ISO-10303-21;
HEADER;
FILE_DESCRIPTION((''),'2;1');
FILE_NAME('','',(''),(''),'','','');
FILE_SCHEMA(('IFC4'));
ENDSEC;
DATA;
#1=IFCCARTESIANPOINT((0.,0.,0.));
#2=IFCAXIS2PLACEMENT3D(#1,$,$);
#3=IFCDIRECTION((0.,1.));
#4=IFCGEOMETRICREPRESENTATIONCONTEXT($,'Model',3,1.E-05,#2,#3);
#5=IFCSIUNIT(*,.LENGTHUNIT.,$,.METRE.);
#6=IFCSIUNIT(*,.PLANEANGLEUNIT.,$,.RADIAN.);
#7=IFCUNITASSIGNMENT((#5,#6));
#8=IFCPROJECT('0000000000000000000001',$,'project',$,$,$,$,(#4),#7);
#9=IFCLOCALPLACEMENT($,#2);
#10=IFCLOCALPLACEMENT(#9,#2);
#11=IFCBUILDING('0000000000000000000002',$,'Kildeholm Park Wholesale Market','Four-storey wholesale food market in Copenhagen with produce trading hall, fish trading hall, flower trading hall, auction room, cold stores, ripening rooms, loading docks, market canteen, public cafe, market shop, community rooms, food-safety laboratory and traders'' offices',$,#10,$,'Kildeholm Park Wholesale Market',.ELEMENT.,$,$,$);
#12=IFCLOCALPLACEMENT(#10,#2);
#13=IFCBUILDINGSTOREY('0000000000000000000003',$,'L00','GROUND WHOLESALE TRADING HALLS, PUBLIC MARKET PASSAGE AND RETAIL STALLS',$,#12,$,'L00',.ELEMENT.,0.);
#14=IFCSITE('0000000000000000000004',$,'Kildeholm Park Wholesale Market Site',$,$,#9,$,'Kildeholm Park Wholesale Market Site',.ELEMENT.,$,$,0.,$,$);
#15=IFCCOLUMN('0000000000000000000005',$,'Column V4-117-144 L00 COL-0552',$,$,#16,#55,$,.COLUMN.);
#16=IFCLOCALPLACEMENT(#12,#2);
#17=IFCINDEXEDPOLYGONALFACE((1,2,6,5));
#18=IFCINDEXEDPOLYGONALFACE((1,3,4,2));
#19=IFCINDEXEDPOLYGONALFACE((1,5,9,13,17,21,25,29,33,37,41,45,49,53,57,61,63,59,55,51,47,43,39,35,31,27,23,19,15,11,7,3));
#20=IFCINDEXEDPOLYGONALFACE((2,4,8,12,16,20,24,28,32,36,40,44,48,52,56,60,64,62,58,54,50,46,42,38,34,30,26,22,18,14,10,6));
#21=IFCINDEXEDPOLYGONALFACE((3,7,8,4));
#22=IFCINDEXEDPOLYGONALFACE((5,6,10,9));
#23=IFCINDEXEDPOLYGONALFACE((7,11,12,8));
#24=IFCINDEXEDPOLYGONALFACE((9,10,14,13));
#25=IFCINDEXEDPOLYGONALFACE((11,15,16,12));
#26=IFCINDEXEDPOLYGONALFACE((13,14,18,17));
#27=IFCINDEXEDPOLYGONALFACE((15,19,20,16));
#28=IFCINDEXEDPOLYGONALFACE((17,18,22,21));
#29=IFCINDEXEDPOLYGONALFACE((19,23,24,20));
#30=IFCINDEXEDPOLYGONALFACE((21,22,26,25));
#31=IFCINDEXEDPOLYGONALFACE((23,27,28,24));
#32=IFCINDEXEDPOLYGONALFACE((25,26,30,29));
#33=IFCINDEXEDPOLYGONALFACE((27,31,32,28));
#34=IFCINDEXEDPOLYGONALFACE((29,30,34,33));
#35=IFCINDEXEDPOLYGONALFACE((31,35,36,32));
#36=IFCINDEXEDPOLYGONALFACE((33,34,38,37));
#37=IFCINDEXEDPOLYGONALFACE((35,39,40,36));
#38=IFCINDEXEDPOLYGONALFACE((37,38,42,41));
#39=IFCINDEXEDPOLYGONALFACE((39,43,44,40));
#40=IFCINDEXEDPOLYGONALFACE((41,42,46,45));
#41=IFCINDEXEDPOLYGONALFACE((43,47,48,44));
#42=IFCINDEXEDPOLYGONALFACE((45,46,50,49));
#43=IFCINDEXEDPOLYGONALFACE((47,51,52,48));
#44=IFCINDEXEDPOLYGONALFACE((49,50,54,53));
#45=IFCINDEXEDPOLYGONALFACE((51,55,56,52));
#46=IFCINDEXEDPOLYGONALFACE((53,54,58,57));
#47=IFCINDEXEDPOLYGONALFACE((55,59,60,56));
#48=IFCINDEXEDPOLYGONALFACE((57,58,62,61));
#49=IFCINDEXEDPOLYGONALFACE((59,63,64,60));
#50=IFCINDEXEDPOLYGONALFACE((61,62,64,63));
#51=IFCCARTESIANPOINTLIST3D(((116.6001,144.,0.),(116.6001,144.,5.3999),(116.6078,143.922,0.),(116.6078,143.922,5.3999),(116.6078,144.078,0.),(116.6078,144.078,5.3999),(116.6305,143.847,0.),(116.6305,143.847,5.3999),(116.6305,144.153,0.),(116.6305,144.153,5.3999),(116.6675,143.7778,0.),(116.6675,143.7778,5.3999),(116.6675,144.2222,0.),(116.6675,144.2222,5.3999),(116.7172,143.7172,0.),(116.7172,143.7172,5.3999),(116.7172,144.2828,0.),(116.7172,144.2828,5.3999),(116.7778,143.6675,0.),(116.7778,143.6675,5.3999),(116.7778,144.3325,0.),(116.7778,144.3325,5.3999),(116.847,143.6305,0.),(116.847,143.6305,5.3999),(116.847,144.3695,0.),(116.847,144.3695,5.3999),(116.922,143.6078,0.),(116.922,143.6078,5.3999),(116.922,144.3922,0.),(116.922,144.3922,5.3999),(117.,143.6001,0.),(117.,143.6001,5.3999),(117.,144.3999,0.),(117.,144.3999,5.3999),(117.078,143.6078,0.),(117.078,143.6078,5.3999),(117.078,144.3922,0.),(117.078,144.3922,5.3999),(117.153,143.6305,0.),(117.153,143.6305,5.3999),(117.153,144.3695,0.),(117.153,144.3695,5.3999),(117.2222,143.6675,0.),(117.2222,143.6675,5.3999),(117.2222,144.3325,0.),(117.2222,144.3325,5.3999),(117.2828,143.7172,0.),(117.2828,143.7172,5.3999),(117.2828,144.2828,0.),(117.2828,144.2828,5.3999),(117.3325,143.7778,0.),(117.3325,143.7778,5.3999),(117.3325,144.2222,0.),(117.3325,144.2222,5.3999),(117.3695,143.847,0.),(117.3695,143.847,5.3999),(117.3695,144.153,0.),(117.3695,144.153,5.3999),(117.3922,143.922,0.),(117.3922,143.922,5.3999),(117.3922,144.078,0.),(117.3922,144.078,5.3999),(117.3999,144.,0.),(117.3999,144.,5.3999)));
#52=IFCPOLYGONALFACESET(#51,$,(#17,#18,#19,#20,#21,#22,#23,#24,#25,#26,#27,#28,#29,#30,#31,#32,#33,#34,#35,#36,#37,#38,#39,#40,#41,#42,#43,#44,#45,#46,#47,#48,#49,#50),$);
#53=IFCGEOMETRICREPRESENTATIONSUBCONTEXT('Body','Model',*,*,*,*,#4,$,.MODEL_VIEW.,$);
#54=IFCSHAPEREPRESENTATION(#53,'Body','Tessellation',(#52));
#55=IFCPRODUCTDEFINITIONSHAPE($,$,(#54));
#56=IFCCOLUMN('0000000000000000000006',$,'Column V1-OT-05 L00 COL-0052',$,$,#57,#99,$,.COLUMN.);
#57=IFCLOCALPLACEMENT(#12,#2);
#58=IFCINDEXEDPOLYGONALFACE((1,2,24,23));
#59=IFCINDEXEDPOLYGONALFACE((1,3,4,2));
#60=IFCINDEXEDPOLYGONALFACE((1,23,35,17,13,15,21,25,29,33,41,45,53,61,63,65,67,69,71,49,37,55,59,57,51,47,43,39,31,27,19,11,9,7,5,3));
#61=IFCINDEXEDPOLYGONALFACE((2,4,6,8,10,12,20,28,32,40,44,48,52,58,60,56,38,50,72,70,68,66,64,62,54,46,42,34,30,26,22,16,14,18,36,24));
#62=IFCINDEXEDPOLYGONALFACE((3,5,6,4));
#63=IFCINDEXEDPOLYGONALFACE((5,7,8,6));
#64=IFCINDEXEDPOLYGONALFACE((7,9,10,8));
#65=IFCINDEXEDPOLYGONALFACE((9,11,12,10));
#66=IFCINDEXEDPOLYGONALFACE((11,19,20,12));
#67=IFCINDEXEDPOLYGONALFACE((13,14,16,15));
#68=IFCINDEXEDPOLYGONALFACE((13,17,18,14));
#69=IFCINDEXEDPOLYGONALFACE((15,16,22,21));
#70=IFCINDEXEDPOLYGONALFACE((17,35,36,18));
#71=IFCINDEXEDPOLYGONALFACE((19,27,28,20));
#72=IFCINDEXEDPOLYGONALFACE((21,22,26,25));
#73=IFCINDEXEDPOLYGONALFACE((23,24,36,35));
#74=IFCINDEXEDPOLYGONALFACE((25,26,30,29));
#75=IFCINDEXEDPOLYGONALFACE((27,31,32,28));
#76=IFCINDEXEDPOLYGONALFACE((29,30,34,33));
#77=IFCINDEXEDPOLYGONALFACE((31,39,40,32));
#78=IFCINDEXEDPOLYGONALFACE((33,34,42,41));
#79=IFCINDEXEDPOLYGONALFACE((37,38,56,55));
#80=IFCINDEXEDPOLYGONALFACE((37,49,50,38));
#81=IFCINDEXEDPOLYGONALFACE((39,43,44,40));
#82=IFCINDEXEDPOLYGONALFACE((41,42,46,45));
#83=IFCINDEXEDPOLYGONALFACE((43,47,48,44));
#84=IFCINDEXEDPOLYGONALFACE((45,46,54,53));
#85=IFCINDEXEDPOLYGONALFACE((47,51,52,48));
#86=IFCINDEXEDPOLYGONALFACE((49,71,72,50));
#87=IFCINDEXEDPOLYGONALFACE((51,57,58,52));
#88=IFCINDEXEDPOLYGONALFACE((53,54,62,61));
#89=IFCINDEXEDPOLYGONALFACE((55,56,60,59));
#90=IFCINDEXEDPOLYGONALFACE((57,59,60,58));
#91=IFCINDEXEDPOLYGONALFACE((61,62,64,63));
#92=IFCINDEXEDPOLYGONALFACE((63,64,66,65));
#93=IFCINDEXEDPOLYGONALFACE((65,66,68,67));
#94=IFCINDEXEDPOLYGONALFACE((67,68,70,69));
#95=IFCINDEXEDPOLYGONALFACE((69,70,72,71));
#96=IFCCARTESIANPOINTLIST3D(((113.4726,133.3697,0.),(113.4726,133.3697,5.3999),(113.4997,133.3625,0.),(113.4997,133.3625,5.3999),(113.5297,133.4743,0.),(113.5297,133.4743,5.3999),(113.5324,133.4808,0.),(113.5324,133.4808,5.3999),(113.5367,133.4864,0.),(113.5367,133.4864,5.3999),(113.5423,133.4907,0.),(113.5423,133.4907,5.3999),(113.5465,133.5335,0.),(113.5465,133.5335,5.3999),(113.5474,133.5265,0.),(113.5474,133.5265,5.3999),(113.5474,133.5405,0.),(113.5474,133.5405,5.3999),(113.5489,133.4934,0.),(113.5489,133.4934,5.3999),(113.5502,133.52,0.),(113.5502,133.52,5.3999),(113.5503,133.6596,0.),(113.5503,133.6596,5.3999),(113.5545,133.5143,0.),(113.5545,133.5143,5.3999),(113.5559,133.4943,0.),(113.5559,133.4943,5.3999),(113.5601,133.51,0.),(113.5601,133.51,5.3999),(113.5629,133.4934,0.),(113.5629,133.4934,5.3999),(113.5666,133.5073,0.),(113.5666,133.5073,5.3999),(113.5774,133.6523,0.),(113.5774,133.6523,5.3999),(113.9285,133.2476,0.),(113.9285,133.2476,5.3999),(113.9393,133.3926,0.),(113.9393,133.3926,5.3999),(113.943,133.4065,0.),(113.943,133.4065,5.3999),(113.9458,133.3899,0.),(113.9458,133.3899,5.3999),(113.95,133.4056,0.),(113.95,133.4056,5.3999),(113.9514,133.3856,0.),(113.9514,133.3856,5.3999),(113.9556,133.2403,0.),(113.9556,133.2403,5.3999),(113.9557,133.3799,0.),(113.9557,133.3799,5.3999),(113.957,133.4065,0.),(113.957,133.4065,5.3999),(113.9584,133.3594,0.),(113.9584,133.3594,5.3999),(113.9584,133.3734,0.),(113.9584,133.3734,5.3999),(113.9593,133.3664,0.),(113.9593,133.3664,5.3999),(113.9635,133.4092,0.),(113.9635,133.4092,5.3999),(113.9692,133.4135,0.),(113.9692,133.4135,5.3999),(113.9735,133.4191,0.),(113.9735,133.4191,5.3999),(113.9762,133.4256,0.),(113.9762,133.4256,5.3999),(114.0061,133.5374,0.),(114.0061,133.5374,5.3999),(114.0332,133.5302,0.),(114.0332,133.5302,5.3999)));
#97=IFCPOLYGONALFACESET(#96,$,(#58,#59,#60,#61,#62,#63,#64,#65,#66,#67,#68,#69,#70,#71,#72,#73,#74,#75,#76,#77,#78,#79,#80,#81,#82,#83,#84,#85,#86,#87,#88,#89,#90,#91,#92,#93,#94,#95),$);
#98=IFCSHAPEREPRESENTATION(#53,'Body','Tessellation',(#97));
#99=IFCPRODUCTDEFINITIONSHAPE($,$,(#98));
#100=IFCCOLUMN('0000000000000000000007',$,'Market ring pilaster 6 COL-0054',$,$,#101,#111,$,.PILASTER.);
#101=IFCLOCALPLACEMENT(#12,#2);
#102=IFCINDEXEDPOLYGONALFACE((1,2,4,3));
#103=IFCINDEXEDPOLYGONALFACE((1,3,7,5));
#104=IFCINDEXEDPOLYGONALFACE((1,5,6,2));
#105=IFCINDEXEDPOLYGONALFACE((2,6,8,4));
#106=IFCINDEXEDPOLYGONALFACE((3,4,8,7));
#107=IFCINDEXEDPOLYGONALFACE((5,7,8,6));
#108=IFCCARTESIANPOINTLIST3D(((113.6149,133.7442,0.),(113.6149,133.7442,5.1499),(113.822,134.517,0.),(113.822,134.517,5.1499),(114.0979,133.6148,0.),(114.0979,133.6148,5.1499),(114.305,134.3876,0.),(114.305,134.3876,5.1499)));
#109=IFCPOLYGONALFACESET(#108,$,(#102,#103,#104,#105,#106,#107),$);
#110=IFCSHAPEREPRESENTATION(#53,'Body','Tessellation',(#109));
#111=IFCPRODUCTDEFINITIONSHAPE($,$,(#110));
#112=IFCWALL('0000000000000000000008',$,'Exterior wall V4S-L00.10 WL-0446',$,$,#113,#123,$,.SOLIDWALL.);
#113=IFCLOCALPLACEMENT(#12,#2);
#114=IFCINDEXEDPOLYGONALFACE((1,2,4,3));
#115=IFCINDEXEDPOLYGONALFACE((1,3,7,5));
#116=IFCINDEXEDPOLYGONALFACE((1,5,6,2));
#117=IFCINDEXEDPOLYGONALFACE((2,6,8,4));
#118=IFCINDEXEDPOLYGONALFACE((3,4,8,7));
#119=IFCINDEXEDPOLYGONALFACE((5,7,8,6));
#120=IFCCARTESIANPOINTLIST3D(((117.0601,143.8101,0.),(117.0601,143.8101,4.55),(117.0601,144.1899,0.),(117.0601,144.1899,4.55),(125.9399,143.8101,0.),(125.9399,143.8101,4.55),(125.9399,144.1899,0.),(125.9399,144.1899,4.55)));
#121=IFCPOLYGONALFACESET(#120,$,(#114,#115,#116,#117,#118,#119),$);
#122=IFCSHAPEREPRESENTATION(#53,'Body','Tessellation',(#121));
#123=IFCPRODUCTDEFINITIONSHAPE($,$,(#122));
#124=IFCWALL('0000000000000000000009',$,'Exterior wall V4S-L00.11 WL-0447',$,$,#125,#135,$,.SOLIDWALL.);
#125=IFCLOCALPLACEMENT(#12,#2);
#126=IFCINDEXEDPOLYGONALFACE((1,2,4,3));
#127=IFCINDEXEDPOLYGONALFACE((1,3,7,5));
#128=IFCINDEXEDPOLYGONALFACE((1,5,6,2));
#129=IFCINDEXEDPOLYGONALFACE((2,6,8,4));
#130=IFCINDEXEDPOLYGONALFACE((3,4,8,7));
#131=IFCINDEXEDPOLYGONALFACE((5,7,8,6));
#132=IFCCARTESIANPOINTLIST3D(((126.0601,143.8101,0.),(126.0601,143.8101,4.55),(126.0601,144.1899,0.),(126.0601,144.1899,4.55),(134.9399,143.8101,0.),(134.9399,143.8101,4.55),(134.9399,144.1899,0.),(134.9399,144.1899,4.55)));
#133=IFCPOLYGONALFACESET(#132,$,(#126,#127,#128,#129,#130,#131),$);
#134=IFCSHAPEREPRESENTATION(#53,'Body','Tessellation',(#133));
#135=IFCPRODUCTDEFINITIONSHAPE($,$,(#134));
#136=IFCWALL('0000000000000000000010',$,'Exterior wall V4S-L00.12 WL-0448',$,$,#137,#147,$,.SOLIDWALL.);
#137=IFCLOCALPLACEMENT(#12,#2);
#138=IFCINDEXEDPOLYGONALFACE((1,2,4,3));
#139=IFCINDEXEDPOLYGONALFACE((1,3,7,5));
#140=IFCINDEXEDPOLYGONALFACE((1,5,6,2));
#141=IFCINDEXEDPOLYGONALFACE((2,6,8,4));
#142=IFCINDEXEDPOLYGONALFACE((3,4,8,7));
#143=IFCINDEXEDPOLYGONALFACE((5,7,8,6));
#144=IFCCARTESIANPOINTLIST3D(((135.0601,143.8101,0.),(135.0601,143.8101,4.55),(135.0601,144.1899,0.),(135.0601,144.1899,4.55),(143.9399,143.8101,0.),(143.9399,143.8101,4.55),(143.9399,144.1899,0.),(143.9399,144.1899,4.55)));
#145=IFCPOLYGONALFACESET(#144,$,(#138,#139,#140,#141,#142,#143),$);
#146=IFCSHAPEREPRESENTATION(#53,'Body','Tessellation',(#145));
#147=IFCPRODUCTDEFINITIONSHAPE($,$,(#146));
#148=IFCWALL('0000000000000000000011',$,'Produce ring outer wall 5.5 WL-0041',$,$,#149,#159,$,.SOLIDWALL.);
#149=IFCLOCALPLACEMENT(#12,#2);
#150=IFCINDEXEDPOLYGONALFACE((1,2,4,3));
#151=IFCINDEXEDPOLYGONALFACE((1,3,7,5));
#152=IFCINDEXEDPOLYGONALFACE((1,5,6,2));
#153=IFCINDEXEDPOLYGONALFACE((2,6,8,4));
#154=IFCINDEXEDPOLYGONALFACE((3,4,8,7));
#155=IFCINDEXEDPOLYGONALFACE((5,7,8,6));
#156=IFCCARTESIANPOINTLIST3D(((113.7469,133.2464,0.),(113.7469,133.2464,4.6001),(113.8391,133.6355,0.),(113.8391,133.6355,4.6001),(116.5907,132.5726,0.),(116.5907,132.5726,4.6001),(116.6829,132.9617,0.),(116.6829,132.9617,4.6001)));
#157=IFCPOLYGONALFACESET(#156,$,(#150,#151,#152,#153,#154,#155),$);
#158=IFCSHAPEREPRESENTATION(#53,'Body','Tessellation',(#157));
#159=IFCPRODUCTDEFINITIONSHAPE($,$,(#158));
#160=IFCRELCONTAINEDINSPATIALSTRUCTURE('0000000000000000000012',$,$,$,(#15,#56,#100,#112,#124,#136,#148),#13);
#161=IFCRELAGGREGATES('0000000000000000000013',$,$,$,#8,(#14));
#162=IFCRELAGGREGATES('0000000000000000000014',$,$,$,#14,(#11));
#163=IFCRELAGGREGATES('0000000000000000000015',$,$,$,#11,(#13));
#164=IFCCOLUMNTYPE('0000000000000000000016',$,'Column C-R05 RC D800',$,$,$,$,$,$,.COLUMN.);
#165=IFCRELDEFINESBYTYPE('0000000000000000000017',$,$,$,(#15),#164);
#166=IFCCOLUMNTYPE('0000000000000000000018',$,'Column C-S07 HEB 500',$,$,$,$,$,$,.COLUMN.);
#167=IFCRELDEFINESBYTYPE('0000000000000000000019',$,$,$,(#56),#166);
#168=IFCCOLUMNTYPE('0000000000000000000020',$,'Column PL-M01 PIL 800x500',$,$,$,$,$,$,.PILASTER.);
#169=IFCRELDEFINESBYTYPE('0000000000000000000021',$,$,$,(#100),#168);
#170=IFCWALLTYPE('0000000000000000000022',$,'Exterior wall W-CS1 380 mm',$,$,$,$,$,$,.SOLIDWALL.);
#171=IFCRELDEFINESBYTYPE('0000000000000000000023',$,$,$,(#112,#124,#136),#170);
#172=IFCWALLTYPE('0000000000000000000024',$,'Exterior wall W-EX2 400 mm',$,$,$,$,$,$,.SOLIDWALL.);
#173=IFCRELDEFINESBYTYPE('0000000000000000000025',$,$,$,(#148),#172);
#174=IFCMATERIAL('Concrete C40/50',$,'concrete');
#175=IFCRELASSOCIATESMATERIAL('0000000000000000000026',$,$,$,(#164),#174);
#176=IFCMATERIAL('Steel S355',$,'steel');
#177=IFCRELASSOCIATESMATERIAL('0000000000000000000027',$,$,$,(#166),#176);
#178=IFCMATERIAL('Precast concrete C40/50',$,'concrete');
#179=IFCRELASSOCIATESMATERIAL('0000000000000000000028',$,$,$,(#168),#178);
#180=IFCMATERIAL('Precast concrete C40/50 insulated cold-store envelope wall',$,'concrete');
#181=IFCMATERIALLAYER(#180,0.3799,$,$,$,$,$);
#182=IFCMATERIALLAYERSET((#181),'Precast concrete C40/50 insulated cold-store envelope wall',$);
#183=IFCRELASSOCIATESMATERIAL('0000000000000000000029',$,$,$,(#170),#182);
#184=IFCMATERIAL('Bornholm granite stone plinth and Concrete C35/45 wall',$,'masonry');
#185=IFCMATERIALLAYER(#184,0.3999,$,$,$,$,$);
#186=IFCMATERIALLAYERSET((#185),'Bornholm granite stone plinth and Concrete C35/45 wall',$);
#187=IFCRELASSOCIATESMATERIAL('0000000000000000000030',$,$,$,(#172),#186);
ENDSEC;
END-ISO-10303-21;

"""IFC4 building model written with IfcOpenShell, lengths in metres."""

from ifc_helpers import new_model, si_unit, direction, frame, frame_2d, origin, origin_2d, place, context, subcontext, project, spatial, rectangle, circle, i_section, extrude, material, layer, layer_set, material_profile, profile_set, type_object, element, save


model = new_model("IFC4")

# Units and contexts
model_context = context("Model", 3, precision=1e-05, world=origin(), true_north=direction((0.0, 1.0)))
body_context = subcontext(model_context, "Body", "Model", "MODEL_VIEW")
ifc_project = project(units=[si_unit("LENGTHUNIT", "METRE"), si_unit("PLANEANGLEUNIT", "RADIAN")], contexts=[model_context])

# Site, building, storey
site_placement = place(None, origin())
site = spatial("IfcSite", under=ifc_project, at=site_placement, Name="Kildeholm Park Wholesale Market Site", LongName="Kildeholm Park Wholesale Market Site", CompositionType="ELEMENT", RefElevation=0.0)
building_placement = place(site_placement, origin())
building = spatial("IfcBuilding", under=site, at=building_placement, Name="Kildeholm Park Wholesale Market", Description="Four-storey wholesale food market in Copenhagen with produce trading hall, fish trading hall, flower trading hall, auction room, cold stores, ripening rooms, loading docks, market canteen, public cafe, market shop, community rooms, food-safety laboratory and traders' offices", LongName="Kildeholm Park Wholesale Market", CompositionType="ELEMENT")
storey_placement = place(building_placement, origin())
storey = spatial("IfcBuildingStorey", under=building, at=storey_placement, Name="L00", Description="GROUND WHOLESALE TRADING HALLS, PUBLIC MARKET PASSAGE AND RETAIL STALLS", LongName="L00", CompositionType="ELEMENT", Elevation=0.0)

# Columns
ifc_material_1 = material(Name="Concrete C40/50", Category="concrete")
ifc_material_profile_1 = material_profile(ifc_material_1, circle(Radius=0.3999, at=origin_2d()), Name="RC D800")
ifc_profile_set_1 = profile_set([ifc_material_profile_1], Name="Concrete C40/50")
column_type_1 = type_object("IfcColumnType", Name="Column C-R05 RC D800", PredefinedType="COLUMN", material=ifc_profile_set_1)
column_1_placement = place(storey_placement, frame((117.0, 144.0, 0.0), z_axis=(0.0, 0.0, 1.0), x_axis=(1.0, 0.0, 0.0)))
element("IfcColumn", 1, at=column_1_placement, inside=storey, type_object=column_type_1, Name="Column V4-117-144 L00 COL-0552", PredefinedType="COLUMN", context=body_context, shape_type="SweptSolid", body=[
    extrude(circle(Radius=0.3999, at=origin_2d()), origin(), (0.0, 0.0, 1.0), 5.3999),
])
ifc_material_2 = material(Name="Steel S355", Category="steel")
ifc_material_profile_2 = material_profile(ifc_material_2, i_section(OverallWidth=0.3, OverallDepth=0.5, WebThickness=0.0144, FlangeThickness=0.0281, FilletRadius=0.0271, at=origin_2d()), Name="HEB 500")
ifc_profile_set_2 = profile_set([ifc_material_profile_2], Name="Steel S355")
column_type_2 = type_object("IfcColumnType", Name="Column C-S07 HEB 500", PredefinedType="COLUMN", material=ifc_profile_set_2)
column_2_placement = place(storey_placement, frame((113.7529, 133.45, 0.0), z_axis=(0.0, 0.0, 1.0), x_axis=(0.258819, 0.965926, 0.0)))
element("IfcColumn", 2, at=column_2_placement, inside=storey, type_object=column_type_2, Name="Column V1-OT-05 L00 COL-0052", PredefinedType="COLUMN", context=body_context, shape_type="SweptSolid", body=[
    extrude(i_section(OverallWidth=0.3, OverallDepth=0.5, WebThickness=0.0144, FlangeThickness=0.0281, FilletRadius=0.0271, at=origin_2d()), origin(), (0.0, 0.0, 1.0), 5.3999),
])
ifc_material_3 = material(Name="Precast concrete C40/50", Category="concrete")
ifc_material_profile_3 = material_profile(ifc_material_3, rectangle(XDim=0.8, YDim=0.5, at=origin_2d()), Name="PIL 800x500")
ifc_profile_set_3 = profile_set([ifc_material_profile_3], Name="Precast concrete C40/50")
column_type_3 = type_object("IfcColumnType", Name="Column PL-M01 PIL 800x500", PredefinedType="PILASTER", material=ifc_profile_set_3)
column_3_placement = place(storey_placement, frame((113.96, 134.0659, 0.0), z_axis=(0.0, 0.0, 1.0), x_axis=(0.258819, 0.965926, 0.0)))
element("IfcColumn", 3, at=column_3_placement, inside=storey, type_object=column_type_3, Name="Market ring pilaster 6 COL-0054", PredefinedType="PILASTER", context=body_context, shape_type="SweptSolid", body=[
    extrude(rectangle(XDim=0.8, YDim=0.5, at=origin_2d()), origin(), (0.0, 0.0, 1.0), 5.1499),
])

# Walls
ifc_material_4 = material(Name="Precast concrete C40/50 insulated cold-store envelope wall", Category="concrete")
ifc_layer_1 = layer(ifc_material_4, 0.3799)
ifc_layer_set_1 = layer_set([ifc_layer_1], Name="Precast concrete C40/50 insulated cold-store envelope wall")
wall_type_1 = type_object("IfcWallType", Name="Exterior wall W-CS1 380 mm", PredefinedType="SOLIDWALL", material=ifc_layer_set_1)
for number, where, z_axis, x_axis, name in (
    (4, (117.0601, 144.0, 0.0), (0.0, 0.0, 1.0), (1.0, 0.0, 0.0), "Exterior wall V4S-L00.10 WL-0446"),
    (5, (126.0601, 144.0, 0.0), (0.0, 0.0, 1.0), (1.0, 0.0, 0.0), "Exterior wall V4S-L00.11 WL-0447"),
    (6, (135.0601, 144.0, 0.0), (0.0, 0.0, 1.0), (1.0, 0.0, 0.0), "Exterior wall V4S-L00.12 WL-0448"),
):
    element("IfcWall", number, at=place(storey_placement, frame(where, z_axis=z_axis, x_axis=x_axis)), inside=storey, type_object=wall_type_1, Name=name, PredefinedType="SOLIDWALL", context=body_context, shape_type="SweptSolid", body=[
        extrude(rectangle(XDim=8.8799, YDim=0.3799, at=frame_2d((4.4399, 0.0))), origin(), (0.0, 0.0, 1.0), 4.55),
    ])
ifc_material_5 = material(Name="Bornholm granite stone plinth and Concrete C35/45 wall", Category="masonry")
ifc_layer_2 = layer(ifc_material_5, 0.3999)
ifc_layer_set_2 = layer_set([ifc_layer_2], Name="Bornholm granite stone plinth and Concrete C35/45 wall")
wall_type_2 = type_object("IfcWallType", Name="Exterior wall W-EX2 400 mm", PredefinedType="SOLIDWALL", material=ifc_layer_set_2)
wall_1_placement = place(storey_placement, frame((116.637, 132.7671, 0.0), z_axis=(0.0, 0.0, 1.0), x_axis=(-0.973061, 0.230548, 0.0)))
element("IfcWall", 7, at=wall_1_placement, inside=storey, type_object=wall_type_2, Name="Produce ring outer wall 5.5 WL-0041", PredefinedType="SOLIDWALL", context=body_context, shape_type="SweptSolid", body=[
    extrude(rectangle(XDim=2.9226, YDim=0.3999, at=frame_2d((1.4614, 0.0))), origin(), (0.0, 0.0, 1.0), 4.6001),
])

save(model, "model.ifc")
